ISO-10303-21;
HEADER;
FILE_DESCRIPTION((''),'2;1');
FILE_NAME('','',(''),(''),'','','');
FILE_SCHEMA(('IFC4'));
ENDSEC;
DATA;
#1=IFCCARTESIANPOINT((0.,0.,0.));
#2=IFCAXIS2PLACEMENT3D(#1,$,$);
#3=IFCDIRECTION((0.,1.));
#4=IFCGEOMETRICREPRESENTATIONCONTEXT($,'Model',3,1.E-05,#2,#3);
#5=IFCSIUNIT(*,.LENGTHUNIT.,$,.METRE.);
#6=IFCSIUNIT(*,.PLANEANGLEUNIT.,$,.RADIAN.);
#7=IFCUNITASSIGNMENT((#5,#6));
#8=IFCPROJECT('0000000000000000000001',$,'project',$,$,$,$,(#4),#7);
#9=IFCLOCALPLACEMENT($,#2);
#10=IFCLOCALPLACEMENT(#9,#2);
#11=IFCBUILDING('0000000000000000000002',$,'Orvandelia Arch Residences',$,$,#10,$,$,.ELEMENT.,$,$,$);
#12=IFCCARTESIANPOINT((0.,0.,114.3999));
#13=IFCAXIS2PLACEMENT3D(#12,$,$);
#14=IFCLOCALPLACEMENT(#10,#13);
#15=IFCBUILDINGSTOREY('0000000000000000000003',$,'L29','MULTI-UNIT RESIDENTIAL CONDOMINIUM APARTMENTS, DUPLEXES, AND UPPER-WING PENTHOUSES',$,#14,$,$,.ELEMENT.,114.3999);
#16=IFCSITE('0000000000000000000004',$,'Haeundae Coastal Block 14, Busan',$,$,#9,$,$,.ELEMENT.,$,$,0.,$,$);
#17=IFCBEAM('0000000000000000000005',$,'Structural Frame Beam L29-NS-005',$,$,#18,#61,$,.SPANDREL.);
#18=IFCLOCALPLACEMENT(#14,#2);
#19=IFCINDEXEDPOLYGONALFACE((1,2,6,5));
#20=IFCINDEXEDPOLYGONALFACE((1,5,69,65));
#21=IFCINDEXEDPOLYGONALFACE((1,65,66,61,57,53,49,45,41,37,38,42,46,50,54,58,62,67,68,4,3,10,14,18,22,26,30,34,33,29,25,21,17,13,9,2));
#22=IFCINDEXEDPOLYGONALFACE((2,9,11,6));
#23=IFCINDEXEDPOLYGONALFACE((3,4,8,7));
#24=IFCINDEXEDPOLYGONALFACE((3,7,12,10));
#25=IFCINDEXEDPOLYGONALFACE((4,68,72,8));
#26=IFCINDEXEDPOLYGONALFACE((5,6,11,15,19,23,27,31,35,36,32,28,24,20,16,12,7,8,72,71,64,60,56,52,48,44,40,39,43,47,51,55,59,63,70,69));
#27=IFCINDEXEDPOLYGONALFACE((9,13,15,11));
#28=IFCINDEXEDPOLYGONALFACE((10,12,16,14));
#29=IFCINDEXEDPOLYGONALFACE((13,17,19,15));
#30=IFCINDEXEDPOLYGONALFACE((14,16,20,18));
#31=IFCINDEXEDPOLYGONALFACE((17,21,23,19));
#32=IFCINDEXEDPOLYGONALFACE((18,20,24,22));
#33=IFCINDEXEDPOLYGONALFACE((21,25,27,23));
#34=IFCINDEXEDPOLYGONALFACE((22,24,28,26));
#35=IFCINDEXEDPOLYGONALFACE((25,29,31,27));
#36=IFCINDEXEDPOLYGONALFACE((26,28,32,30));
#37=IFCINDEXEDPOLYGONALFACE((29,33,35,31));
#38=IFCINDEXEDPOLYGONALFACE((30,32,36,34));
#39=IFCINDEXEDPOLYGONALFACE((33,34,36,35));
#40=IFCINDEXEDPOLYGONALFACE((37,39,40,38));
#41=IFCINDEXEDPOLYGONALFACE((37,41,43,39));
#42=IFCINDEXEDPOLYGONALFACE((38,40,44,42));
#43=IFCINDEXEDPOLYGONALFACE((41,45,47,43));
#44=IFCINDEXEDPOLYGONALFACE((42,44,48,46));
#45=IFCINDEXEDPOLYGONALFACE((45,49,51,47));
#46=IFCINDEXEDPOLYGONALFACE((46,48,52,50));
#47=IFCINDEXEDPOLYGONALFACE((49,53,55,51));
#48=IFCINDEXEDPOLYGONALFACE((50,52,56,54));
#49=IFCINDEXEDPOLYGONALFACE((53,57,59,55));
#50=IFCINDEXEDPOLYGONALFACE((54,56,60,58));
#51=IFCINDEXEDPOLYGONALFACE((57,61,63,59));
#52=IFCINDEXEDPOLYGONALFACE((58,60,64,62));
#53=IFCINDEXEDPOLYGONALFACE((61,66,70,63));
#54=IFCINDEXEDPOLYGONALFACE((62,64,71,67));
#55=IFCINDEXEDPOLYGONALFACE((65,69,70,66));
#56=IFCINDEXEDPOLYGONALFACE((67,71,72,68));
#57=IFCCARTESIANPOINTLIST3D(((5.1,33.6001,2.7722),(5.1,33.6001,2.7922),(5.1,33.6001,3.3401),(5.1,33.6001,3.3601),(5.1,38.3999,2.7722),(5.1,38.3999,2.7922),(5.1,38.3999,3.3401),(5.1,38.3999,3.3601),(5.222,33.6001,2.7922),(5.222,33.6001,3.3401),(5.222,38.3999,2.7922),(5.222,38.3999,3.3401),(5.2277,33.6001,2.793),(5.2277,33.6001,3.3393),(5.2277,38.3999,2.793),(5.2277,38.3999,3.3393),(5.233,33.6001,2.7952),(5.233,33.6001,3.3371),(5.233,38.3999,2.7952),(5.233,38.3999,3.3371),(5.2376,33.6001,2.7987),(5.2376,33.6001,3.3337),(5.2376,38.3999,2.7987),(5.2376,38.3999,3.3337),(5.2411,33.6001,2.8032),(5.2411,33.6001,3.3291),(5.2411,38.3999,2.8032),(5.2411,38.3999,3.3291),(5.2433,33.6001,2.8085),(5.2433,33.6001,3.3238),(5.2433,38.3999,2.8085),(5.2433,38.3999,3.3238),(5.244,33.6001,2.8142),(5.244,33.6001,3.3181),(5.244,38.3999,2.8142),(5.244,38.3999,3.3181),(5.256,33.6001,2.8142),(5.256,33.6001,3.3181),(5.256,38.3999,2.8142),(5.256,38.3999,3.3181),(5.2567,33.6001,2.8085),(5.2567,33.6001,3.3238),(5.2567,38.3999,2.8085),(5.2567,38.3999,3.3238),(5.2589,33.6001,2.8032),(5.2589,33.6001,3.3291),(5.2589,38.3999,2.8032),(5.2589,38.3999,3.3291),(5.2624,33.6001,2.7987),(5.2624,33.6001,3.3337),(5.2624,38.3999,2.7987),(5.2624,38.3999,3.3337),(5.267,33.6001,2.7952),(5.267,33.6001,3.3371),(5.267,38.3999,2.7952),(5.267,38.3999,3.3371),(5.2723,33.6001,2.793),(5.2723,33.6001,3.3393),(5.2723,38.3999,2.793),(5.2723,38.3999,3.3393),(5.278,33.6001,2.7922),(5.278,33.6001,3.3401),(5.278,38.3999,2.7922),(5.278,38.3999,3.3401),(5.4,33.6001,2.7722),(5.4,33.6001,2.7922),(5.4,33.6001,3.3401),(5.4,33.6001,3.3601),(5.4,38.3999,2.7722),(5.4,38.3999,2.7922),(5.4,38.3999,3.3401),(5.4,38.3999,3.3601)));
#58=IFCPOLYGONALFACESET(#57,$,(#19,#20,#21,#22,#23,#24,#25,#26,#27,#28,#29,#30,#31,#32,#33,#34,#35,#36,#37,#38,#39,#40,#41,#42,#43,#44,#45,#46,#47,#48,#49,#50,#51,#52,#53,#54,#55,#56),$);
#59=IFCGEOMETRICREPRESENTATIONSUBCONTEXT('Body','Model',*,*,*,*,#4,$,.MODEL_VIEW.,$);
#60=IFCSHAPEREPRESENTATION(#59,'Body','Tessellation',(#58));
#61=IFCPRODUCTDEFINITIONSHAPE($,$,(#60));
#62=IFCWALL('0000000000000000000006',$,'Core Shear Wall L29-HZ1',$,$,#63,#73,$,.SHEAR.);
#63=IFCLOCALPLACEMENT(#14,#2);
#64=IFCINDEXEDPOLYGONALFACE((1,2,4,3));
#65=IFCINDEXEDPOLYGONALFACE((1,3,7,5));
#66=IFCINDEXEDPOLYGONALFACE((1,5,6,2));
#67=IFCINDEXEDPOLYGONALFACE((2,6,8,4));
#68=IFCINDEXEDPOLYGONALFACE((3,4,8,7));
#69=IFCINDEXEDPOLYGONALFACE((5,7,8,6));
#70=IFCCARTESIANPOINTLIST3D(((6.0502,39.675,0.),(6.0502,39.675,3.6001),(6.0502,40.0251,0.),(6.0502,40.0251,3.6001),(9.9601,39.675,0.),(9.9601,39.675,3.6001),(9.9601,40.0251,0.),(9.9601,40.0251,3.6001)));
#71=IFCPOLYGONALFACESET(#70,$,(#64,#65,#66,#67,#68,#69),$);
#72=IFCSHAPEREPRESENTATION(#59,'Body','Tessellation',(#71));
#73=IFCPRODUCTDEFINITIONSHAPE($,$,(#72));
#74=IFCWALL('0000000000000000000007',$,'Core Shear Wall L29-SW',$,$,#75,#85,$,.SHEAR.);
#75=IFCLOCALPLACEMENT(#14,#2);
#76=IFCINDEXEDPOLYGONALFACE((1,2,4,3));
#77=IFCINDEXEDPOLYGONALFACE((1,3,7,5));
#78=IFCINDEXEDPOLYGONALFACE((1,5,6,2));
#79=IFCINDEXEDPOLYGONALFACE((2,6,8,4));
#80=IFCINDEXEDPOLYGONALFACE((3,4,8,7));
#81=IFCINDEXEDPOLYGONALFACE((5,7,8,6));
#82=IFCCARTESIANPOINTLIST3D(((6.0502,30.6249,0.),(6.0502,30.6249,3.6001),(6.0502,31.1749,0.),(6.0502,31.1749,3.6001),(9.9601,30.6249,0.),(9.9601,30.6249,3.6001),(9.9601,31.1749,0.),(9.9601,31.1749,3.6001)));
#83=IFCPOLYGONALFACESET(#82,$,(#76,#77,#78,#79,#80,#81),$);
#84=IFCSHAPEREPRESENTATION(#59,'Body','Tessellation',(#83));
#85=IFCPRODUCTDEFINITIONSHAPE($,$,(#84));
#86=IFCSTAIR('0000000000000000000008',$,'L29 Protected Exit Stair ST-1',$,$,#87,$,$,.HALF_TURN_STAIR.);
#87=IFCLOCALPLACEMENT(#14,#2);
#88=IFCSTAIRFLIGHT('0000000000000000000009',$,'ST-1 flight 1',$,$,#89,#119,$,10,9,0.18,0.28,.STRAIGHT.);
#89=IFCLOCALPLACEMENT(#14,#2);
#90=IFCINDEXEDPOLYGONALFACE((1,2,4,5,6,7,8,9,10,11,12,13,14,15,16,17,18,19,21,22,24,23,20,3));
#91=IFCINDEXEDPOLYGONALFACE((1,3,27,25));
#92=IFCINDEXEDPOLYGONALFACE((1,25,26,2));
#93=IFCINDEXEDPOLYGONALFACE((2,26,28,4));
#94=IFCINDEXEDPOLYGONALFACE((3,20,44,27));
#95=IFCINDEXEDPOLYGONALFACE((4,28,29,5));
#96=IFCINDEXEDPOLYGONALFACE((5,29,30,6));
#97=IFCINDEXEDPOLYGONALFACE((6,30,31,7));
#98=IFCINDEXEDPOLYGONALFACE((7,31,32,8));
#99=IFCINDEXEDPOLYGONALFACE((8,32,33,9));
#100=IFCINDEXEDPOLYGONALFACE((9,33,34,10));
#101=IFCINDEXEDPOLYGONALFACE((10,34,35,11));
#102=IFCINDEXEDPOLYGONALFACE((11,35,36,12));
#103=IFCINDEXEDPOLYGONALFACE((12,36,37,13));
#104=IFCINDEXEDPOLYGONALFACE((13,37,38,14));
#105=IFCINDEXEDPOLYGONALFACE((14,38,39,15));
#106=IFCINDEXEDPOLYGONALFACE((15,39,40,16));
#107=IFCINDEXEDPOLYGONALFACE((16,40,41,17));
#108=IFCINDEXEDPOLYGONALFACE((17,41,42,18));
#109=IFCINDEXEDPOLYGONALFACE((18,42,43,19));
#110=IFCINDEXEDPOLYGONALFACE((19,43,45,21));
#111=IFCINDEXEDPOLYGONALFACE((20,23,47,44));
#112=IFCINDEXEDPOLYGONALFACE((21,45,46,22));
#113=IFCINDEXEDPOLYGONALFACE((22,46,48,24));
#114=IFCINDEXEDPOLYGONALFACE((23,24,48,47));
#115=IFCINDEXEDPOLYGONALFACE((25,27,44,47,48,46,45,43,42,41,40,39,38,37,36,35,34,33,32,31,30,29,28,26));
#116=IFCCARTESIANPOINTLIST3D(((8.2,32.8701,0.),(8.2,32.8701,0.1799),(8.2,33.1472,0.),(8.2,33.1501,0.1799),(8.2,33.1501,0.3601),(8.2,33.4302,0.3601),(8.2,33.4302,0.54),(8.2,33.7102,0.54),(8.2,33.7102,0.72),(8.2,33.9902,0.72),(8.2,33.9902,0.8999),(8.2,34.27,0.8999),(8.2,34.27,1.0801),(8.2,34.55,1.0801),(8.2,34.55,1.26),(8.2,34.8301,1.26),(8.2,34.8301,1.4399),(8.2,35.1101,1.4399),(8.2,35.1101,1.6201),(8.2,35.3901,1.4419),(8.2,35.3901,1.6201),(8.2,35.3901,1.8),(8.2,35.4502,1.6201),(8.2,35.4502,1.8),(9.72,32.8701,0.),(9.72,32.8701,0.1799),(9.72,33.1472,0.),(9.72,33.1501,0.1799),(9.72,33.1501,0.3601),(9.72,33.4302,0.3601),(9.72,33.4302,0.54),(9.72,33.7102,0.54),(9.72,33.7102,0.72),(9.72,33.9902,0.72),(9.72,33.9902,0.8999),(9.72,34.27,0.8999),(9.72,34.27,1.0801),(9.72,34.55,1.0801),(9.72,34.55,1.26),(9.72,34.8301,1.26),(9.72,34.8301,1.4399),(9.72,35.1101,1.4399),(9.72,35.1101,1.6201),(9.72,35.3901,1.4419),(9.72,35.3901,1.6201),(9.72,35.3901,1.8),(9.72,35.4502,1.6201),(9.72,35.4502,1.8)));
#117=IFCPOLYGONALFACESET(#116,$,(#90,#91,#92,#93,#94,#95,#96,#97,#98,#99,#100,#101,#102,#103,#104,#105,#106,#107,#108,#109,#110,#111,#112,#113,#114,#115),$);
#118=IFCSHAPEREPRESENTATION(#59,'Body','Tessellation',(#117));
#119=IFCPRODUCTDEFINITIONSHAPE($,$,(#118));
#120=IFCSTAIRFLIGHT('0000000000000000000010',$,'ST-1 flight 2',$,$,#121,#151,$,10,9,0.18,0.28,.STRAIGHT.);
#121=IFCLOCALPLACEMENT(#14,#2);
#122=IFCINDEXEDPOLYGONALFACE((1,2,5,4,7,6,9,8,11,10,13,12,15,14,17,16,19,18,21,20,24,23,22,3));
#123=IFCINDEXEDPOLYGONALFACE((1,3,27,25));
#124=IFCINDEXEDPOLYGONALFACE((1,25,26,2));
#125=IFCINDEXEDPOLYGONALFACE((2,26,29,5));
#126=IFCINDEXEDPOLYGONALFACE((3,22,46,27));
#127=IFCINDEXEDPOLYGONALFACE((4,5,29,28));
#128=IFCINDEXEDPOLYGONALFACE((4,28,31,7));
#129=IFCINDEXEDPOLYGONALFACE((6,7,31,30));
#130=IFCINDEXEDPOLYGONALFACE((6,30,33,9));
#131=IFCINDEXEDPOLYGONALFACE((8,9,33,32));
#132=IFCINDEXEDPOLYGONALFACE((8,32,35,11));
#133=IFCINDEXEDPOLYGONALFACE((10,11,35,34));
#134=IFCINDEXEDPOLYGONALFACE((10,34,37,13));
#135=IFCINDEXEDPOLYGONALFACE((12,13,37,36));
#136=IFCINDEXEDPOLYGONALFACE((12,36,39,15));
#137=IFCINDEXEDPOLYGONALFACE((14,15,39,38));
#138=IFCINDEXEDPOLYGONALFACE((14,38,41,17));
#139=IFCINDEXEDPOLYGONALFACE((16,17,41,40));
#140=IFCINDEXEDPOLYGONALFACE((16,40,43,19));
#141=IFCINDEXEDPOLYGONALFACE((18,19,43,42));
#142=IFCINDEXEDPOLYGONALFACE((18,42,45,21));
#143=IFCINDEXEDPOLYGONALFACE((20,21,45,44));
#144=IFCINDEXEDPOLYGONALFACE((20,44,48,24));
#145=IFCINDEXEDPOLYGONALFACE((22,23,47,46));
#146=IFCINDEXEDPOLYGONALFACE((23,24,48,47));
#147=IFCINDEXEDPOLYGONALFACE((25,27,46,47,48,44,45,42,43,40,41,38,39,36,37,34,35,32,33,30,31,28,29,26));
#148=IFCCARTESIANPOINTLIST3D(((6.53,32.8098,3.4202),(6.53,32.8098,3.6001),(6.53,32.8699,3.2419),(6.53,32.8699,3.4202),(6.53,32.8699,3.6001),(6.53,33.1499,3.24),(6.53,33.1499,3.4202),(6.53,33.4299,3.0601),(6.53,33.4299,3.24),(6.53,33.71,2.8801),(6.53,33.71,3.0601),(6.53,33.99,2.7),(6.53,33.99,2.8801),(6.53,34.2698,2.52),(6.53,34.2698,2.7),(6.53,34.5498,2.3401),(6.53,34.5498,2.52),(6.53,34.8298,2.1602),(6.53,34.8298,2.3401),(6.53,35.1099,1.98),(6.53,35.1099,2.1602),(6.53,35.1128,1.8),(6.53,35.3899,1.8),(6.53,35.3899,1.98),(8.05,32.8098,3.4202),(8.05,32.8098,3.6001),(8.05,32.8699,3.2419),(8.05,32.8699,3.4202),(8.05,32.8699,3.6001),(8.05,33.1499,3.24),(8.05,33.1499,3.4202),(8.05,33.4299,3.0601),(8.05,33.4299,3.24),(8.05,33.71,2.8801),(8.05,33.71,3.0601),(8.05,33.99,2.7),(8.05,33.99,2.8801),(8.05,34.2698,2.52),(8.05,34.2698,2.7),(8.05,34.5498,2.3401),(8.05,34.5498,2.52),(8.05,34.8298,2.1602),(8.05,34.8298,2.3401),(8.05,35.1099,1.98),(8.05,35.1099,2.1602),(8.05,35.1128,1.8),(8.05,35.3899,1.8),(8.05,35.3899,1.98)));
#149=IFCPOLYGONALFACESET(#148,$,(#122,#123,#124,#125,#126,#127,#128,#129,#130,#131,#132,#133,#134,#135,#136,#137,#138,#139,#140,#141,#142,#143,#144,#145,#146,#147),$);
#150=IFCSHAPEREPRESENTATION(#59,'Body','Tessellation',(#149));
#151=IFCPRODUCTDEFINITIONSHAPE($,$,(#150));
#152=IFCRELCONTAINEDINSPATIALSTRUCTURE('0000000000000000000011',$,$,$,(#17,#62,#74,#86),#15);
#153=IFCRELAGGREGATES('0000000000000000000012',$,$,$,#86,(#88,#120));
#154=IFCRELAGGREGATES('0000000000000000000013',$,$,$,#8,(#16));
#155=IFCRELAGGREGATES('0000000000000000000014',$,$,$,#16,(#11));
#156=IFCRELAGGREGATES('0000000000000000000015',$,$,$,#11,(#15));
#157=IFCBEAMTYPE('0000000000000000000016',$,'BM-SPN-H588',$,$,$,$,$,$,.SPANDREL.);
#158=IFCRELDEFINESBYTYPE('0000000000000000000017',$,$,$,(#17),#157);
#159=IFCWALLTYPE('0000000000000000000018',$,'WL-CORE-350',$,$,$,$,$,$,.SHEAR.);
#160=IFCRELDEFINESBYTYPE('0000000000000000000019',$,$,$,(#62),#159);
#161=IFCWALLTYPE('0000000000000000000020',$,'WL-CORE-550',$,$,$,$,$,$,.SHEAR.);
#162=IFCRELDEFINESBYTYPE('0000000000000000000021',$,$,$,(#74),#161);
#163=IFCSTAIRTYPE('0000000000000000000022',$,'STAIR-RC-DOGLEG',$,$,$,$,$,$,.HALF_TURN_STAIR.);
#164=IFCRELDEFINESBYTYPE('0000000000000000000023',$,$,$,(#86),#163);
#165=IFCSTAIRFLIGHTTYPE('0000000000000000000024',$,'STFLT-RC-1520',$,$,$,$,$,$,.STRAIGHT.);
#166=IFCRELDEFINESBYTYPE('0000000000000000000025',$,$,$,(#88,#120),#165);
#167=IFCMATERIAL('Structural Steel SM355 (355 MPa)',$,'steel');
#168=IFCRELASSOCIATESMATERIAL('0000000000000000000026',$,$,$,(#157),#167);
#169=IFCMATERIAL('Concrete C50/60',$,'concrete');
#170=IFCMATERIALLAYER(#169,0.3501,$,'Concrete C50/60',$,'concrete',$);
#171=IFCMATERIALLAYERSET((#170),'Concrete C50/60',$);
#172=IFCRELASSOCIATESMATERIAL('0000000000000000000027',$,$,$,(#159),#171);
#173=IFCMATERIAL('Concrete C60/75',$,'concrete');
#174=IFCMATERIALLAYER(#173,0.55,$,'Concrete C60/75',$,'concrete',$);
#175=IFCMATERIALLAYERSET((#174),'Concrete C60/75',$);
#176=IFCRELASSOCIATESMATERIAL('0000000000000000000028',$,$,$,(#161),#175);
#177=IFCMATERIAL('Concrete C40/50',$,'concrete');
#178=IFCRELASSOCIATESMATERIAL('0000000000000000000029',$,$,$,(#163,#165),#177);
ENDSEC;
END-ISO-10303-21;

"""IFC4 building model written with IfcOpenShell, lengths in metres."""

from ifc_helpers import new_model, si_unit, direction, frame, frame_2d, origin, origin_2d, place, context, subcontext, project, spatial, polyline, rectangle, i_section, outline, extrude, material, layer, layer_set, material_profile, profile_set, type_object, element, aggregate, save


model = new_model("IFC4")

# Units and contexts
model_context = context("Model", 3, precision=1e-05, world=origin(), true_north=direction((0.0, 1.0)))
body_context = subcontext(model_context, "Body", "Model", "MODEL_VIEW")
ifc_project = project(units=[si_unit("LENGTHUNIT", "METRE"), si_unit("PLANEANGLEUNIT", "RADIAN")], contexts=[model_context])

# Site, building, storey
site_placement = place(None, origin())
site = spatial("IfcSite", under=ifc_project, at=site_placement, Name="Haeundae Coastal Block 14, Busan", CompositionType="ELEMENT", RefElevation=0.0)
building_placement = place(site_placement, origin())
building = spatial("IfcBuilding", under=site, at=building_placement, Name="Orvandelia Arch Residences", CompositionType="ELEMENT")
storey_placement = place(building_placement, frame((0.0, 0.0, 114.3999)))
storey = spatial("IfcBuildingStorey", under=building, at=storey_placement, Name="L29", Description="MULTI-UNIT RESIDENTIAL CONDOMINIUM APARTMENTS, DUPLEXES, AND UPPER-WING PENTHOUSES", CompositionType="ELEMENT", Elevation=114.3999)

# Shared definitions
ifc_material_1 = material(Name="Concrete C60/75", Category="concrete")

# Beam
ifc_material_2 = material(Name="Structural Steel SM355 (355 MPa)", Category="steel")
ifc_material_profile_1 = material_profile(ifc_material_2, i_section(OverallWidth=0.3, OverallDepth=0.5879, WebThickness=0.012, FlangeThickness=0.02, FilletRadius=0.022, at=origin_2d()), Name="Structural Steel SM355 (355 MPa)", Category="steel")
ifc_profile_set_1 = profile_set([ifc_material_profile_1], Name="Structural Steel SM355 (355 MPa)")
beam_type_1 = type_object("IfcBeamType", Name="BM-SPN-H588", PredefinedType="SPANDREL", material=ifc_profile_set_1)
beam_1_placement = place(storey_placement, frame((5.25, 33.6001, 3.0662), z_axis=(0.0, 1.0, 0.0), x_axis=(-1.0, 0.0, 0.0)))
element("IfcBeam", 1, at=beam_1_placement, inside=storey, type_object=beam_type_1, Name="Structural Frame Beam L29-NS-005", PredefinedType="SPANDREL", context=body_context, shape_type="SweptSolid", body=[
    extrude(i_section(OverallWidth=0.3, OverallDepth=0.5879, WebThickness=0.012, FlangeThickness=0.02, FilletRadius=0.022, at=origin_2d()), origin(), (0.0, 0.0, 1.0), 4.7998),
])

# Walls
ifc_material_3 = material(Name="Concrete C50/60", Category="concrete")
ifc_layer_1 = layer(ifc_material_3, 0.3501, Name="Concrete C50/60", Category="concrete")
ifc_layer_set_1 = layer_set([ifc_layer_1], Name="Concrete C50/60")
wall_type_1 = type_object("IfcWallType", Name="WL-CORE-350", PredefinedType="SHEAR", material=ifc_layer_set_1)
wall_1_placement = place(storey_placement, frame((6.05, 39.8501, 0.0), z_axis=(0.0, 0.0, 1.0), x_axis=(1.0, 0.0, 0.0)))
element("IfcWall", 2, at=wall_1_placement, inside=storey, type_object=wall_type_1, Name="Core Shear Wall L29-HZ1", PredefinedType="SHEAR", context=body_context, shape_type="SweptSolid", body=[
    extrude(rectangle(XDim=3.9099, YDim=0.3501, at=frame_2d((1.9551, 0.0))), origin(), (0.0, 0.0, 1.0), 3.6001),
])
ifc_layer_2 = layer(ifc_material_1, 0.55, Name="Concrete C60/75", Category="concrete")
ifc_layer_set_2 = layer_set([ifc_layer_2], Name="Concrete C60/75")
wall_type_2 = type_object("IfcWallType", Name="WL-CORE-550", PredefinedType="SHEAR", material=ifc_layer_set_2)
wall_2_placement = place(storey_placement, frame((6.05, 30.8999, 0.0), z_axis=(0.0, 0.0, 1.0), x_axis=(1.0, 0.0, 0.0)))
element("IfcWall", 3, at=wall_2_placement, inside=storey, type_object=wall_type_2, Name="Core Shear Wall L29-SW", PredefinedType="SHEAR", context=body_context, shape_type="SweptSolid", body=[
    extrude(rectangle(XDim=3.9099, YDim=0.55, at=frame_2d((1.9551, 0.0))), origin(), (0.0, 0.0, 1.0), 3.6001),
])

# Stair, stair flights
ifc_material_4 = material(Name="Concrete C40/50", Category="concrete")
stair_type = type_object("IfcStairType", Name="STAIR-RC-DOGLEG", PredefinedType="HALF_TURN_STAIR", material=ifc_material_4)
stair_placement = place(storey_placement, origin())
stair = element("IfcStair", 4, at=stair_placement, inside=storey, type_object=stair_type, Name="L29 Protected Exit Stair ST-1", PredefinedType="HALF_TURN_STAIR")
stair_flight_type = type_object("IfcStairFlightType", Name="STFLT-RC-1520", PredefinedType="STRAIGHT", material=ifc_material_4)
stair_flight_1_placement = place(storey_placement, frame((8.96, 32.8701, 0.0), z_axis=(0.0, 0.0, 1.0), x_axis=(0.0, 1.0, 0.0)))
stair_flight_1 = element("IfcStairFlight", 5, at=stair_flight_1_placement, type_object=stair_flight_type, Name="ST-1 flight 1", NumberOfRisers=10, NumberOfTreads=9, PredefinedType="STRAIGHT", RiserHeight=0.18, TreadLength=0.28, context=body_context, shape_type="SweptSolid", body=[
    extrude(outline(polyline([(0.0, 0.0), (0.0, 0.1799), (0.28, 0.1799), (0.28, 0.3601), (0.5601, 0.3601), (0.5601, 0.54), (0.8401, 0.54), (0.8401, 0.72), (1.1201, 0.72), (1.1201, 0.8999), (1.3999, 0.8999), (1.3999, 1.0801), (1.6799, 1.0801), (1.6799, 1.26), (1.96, 1.26), (1.96, 1.4399), (2.24, 1.4399), (2.24, 1.6201), (2.52, 1.6201), (2.52, 1.8), (2.5801, 1.8), (2.5801, 1.6201), (2.52, 1.4419), (0.2771, 0.0), (0.0, 0.0)])), frame((0.0, 0.76, 0.0), z_axis=(0.0, -1.0, 0.0), x_axis=(1.0, 0.0, 0.0)), (0.0, 0.0, 1.0), 1.52),
])
stair_flight_2_placement = place(storey_placement, frame((7.29, 35.3899, 1.8), z_axis=(0.0, 0.0, 1.0), x_axis=(0.0, -1.0, 0.0)))
stair_flight_2 = element("IfcStairFlight", 6, at=stair_flight_2_placement, type_object=stair_flight_type, Name="ST-1 flight 2", NumberOfRisers=10, NumberOfTreads=9, PredefinedType="STRAIGHT", RiserHeight=0.18, TreadLength=0.28, context=body_context, shape_type="SweptSolid", body=[
    extrude(outline(polyline([(0.0, 0.0), (0.0, 0.1799), (0.28, 0.1799), (0.28, 0.3601), (0.5601, 0.3601), (0.5601, 0.54), (0.8401, 0.54), (0.8401, 0.72), (1.1201, 0.72), (1.1201, 0.8999), (1.3999, 0.8999), (1.3999, 1.0801), (1.6799, 1.0801), (1.6799, 1.26), (1.96, 1.26), (1.96, 1.4399), (2.24, 1.4399), (2.24, 1.6201), (2.52, 1.6201), (2.52, 1.8), (2.5801, 1.8), (2.5801, 1.6201), (2.52, 1.4419), (0.2771, 0.0), (0.0, 0.0)])), frame((0.0, 0.76, 0.0), z_axis=(0.0, -1.0, 0.0), x_axis=(1.0, 0.0, 0.0)), (0.0, 0.0, 1.0), 1.52),
])
aggregate(stair, [stair_flight_1, stair_flight_2])

save(model, "model.ifc")
